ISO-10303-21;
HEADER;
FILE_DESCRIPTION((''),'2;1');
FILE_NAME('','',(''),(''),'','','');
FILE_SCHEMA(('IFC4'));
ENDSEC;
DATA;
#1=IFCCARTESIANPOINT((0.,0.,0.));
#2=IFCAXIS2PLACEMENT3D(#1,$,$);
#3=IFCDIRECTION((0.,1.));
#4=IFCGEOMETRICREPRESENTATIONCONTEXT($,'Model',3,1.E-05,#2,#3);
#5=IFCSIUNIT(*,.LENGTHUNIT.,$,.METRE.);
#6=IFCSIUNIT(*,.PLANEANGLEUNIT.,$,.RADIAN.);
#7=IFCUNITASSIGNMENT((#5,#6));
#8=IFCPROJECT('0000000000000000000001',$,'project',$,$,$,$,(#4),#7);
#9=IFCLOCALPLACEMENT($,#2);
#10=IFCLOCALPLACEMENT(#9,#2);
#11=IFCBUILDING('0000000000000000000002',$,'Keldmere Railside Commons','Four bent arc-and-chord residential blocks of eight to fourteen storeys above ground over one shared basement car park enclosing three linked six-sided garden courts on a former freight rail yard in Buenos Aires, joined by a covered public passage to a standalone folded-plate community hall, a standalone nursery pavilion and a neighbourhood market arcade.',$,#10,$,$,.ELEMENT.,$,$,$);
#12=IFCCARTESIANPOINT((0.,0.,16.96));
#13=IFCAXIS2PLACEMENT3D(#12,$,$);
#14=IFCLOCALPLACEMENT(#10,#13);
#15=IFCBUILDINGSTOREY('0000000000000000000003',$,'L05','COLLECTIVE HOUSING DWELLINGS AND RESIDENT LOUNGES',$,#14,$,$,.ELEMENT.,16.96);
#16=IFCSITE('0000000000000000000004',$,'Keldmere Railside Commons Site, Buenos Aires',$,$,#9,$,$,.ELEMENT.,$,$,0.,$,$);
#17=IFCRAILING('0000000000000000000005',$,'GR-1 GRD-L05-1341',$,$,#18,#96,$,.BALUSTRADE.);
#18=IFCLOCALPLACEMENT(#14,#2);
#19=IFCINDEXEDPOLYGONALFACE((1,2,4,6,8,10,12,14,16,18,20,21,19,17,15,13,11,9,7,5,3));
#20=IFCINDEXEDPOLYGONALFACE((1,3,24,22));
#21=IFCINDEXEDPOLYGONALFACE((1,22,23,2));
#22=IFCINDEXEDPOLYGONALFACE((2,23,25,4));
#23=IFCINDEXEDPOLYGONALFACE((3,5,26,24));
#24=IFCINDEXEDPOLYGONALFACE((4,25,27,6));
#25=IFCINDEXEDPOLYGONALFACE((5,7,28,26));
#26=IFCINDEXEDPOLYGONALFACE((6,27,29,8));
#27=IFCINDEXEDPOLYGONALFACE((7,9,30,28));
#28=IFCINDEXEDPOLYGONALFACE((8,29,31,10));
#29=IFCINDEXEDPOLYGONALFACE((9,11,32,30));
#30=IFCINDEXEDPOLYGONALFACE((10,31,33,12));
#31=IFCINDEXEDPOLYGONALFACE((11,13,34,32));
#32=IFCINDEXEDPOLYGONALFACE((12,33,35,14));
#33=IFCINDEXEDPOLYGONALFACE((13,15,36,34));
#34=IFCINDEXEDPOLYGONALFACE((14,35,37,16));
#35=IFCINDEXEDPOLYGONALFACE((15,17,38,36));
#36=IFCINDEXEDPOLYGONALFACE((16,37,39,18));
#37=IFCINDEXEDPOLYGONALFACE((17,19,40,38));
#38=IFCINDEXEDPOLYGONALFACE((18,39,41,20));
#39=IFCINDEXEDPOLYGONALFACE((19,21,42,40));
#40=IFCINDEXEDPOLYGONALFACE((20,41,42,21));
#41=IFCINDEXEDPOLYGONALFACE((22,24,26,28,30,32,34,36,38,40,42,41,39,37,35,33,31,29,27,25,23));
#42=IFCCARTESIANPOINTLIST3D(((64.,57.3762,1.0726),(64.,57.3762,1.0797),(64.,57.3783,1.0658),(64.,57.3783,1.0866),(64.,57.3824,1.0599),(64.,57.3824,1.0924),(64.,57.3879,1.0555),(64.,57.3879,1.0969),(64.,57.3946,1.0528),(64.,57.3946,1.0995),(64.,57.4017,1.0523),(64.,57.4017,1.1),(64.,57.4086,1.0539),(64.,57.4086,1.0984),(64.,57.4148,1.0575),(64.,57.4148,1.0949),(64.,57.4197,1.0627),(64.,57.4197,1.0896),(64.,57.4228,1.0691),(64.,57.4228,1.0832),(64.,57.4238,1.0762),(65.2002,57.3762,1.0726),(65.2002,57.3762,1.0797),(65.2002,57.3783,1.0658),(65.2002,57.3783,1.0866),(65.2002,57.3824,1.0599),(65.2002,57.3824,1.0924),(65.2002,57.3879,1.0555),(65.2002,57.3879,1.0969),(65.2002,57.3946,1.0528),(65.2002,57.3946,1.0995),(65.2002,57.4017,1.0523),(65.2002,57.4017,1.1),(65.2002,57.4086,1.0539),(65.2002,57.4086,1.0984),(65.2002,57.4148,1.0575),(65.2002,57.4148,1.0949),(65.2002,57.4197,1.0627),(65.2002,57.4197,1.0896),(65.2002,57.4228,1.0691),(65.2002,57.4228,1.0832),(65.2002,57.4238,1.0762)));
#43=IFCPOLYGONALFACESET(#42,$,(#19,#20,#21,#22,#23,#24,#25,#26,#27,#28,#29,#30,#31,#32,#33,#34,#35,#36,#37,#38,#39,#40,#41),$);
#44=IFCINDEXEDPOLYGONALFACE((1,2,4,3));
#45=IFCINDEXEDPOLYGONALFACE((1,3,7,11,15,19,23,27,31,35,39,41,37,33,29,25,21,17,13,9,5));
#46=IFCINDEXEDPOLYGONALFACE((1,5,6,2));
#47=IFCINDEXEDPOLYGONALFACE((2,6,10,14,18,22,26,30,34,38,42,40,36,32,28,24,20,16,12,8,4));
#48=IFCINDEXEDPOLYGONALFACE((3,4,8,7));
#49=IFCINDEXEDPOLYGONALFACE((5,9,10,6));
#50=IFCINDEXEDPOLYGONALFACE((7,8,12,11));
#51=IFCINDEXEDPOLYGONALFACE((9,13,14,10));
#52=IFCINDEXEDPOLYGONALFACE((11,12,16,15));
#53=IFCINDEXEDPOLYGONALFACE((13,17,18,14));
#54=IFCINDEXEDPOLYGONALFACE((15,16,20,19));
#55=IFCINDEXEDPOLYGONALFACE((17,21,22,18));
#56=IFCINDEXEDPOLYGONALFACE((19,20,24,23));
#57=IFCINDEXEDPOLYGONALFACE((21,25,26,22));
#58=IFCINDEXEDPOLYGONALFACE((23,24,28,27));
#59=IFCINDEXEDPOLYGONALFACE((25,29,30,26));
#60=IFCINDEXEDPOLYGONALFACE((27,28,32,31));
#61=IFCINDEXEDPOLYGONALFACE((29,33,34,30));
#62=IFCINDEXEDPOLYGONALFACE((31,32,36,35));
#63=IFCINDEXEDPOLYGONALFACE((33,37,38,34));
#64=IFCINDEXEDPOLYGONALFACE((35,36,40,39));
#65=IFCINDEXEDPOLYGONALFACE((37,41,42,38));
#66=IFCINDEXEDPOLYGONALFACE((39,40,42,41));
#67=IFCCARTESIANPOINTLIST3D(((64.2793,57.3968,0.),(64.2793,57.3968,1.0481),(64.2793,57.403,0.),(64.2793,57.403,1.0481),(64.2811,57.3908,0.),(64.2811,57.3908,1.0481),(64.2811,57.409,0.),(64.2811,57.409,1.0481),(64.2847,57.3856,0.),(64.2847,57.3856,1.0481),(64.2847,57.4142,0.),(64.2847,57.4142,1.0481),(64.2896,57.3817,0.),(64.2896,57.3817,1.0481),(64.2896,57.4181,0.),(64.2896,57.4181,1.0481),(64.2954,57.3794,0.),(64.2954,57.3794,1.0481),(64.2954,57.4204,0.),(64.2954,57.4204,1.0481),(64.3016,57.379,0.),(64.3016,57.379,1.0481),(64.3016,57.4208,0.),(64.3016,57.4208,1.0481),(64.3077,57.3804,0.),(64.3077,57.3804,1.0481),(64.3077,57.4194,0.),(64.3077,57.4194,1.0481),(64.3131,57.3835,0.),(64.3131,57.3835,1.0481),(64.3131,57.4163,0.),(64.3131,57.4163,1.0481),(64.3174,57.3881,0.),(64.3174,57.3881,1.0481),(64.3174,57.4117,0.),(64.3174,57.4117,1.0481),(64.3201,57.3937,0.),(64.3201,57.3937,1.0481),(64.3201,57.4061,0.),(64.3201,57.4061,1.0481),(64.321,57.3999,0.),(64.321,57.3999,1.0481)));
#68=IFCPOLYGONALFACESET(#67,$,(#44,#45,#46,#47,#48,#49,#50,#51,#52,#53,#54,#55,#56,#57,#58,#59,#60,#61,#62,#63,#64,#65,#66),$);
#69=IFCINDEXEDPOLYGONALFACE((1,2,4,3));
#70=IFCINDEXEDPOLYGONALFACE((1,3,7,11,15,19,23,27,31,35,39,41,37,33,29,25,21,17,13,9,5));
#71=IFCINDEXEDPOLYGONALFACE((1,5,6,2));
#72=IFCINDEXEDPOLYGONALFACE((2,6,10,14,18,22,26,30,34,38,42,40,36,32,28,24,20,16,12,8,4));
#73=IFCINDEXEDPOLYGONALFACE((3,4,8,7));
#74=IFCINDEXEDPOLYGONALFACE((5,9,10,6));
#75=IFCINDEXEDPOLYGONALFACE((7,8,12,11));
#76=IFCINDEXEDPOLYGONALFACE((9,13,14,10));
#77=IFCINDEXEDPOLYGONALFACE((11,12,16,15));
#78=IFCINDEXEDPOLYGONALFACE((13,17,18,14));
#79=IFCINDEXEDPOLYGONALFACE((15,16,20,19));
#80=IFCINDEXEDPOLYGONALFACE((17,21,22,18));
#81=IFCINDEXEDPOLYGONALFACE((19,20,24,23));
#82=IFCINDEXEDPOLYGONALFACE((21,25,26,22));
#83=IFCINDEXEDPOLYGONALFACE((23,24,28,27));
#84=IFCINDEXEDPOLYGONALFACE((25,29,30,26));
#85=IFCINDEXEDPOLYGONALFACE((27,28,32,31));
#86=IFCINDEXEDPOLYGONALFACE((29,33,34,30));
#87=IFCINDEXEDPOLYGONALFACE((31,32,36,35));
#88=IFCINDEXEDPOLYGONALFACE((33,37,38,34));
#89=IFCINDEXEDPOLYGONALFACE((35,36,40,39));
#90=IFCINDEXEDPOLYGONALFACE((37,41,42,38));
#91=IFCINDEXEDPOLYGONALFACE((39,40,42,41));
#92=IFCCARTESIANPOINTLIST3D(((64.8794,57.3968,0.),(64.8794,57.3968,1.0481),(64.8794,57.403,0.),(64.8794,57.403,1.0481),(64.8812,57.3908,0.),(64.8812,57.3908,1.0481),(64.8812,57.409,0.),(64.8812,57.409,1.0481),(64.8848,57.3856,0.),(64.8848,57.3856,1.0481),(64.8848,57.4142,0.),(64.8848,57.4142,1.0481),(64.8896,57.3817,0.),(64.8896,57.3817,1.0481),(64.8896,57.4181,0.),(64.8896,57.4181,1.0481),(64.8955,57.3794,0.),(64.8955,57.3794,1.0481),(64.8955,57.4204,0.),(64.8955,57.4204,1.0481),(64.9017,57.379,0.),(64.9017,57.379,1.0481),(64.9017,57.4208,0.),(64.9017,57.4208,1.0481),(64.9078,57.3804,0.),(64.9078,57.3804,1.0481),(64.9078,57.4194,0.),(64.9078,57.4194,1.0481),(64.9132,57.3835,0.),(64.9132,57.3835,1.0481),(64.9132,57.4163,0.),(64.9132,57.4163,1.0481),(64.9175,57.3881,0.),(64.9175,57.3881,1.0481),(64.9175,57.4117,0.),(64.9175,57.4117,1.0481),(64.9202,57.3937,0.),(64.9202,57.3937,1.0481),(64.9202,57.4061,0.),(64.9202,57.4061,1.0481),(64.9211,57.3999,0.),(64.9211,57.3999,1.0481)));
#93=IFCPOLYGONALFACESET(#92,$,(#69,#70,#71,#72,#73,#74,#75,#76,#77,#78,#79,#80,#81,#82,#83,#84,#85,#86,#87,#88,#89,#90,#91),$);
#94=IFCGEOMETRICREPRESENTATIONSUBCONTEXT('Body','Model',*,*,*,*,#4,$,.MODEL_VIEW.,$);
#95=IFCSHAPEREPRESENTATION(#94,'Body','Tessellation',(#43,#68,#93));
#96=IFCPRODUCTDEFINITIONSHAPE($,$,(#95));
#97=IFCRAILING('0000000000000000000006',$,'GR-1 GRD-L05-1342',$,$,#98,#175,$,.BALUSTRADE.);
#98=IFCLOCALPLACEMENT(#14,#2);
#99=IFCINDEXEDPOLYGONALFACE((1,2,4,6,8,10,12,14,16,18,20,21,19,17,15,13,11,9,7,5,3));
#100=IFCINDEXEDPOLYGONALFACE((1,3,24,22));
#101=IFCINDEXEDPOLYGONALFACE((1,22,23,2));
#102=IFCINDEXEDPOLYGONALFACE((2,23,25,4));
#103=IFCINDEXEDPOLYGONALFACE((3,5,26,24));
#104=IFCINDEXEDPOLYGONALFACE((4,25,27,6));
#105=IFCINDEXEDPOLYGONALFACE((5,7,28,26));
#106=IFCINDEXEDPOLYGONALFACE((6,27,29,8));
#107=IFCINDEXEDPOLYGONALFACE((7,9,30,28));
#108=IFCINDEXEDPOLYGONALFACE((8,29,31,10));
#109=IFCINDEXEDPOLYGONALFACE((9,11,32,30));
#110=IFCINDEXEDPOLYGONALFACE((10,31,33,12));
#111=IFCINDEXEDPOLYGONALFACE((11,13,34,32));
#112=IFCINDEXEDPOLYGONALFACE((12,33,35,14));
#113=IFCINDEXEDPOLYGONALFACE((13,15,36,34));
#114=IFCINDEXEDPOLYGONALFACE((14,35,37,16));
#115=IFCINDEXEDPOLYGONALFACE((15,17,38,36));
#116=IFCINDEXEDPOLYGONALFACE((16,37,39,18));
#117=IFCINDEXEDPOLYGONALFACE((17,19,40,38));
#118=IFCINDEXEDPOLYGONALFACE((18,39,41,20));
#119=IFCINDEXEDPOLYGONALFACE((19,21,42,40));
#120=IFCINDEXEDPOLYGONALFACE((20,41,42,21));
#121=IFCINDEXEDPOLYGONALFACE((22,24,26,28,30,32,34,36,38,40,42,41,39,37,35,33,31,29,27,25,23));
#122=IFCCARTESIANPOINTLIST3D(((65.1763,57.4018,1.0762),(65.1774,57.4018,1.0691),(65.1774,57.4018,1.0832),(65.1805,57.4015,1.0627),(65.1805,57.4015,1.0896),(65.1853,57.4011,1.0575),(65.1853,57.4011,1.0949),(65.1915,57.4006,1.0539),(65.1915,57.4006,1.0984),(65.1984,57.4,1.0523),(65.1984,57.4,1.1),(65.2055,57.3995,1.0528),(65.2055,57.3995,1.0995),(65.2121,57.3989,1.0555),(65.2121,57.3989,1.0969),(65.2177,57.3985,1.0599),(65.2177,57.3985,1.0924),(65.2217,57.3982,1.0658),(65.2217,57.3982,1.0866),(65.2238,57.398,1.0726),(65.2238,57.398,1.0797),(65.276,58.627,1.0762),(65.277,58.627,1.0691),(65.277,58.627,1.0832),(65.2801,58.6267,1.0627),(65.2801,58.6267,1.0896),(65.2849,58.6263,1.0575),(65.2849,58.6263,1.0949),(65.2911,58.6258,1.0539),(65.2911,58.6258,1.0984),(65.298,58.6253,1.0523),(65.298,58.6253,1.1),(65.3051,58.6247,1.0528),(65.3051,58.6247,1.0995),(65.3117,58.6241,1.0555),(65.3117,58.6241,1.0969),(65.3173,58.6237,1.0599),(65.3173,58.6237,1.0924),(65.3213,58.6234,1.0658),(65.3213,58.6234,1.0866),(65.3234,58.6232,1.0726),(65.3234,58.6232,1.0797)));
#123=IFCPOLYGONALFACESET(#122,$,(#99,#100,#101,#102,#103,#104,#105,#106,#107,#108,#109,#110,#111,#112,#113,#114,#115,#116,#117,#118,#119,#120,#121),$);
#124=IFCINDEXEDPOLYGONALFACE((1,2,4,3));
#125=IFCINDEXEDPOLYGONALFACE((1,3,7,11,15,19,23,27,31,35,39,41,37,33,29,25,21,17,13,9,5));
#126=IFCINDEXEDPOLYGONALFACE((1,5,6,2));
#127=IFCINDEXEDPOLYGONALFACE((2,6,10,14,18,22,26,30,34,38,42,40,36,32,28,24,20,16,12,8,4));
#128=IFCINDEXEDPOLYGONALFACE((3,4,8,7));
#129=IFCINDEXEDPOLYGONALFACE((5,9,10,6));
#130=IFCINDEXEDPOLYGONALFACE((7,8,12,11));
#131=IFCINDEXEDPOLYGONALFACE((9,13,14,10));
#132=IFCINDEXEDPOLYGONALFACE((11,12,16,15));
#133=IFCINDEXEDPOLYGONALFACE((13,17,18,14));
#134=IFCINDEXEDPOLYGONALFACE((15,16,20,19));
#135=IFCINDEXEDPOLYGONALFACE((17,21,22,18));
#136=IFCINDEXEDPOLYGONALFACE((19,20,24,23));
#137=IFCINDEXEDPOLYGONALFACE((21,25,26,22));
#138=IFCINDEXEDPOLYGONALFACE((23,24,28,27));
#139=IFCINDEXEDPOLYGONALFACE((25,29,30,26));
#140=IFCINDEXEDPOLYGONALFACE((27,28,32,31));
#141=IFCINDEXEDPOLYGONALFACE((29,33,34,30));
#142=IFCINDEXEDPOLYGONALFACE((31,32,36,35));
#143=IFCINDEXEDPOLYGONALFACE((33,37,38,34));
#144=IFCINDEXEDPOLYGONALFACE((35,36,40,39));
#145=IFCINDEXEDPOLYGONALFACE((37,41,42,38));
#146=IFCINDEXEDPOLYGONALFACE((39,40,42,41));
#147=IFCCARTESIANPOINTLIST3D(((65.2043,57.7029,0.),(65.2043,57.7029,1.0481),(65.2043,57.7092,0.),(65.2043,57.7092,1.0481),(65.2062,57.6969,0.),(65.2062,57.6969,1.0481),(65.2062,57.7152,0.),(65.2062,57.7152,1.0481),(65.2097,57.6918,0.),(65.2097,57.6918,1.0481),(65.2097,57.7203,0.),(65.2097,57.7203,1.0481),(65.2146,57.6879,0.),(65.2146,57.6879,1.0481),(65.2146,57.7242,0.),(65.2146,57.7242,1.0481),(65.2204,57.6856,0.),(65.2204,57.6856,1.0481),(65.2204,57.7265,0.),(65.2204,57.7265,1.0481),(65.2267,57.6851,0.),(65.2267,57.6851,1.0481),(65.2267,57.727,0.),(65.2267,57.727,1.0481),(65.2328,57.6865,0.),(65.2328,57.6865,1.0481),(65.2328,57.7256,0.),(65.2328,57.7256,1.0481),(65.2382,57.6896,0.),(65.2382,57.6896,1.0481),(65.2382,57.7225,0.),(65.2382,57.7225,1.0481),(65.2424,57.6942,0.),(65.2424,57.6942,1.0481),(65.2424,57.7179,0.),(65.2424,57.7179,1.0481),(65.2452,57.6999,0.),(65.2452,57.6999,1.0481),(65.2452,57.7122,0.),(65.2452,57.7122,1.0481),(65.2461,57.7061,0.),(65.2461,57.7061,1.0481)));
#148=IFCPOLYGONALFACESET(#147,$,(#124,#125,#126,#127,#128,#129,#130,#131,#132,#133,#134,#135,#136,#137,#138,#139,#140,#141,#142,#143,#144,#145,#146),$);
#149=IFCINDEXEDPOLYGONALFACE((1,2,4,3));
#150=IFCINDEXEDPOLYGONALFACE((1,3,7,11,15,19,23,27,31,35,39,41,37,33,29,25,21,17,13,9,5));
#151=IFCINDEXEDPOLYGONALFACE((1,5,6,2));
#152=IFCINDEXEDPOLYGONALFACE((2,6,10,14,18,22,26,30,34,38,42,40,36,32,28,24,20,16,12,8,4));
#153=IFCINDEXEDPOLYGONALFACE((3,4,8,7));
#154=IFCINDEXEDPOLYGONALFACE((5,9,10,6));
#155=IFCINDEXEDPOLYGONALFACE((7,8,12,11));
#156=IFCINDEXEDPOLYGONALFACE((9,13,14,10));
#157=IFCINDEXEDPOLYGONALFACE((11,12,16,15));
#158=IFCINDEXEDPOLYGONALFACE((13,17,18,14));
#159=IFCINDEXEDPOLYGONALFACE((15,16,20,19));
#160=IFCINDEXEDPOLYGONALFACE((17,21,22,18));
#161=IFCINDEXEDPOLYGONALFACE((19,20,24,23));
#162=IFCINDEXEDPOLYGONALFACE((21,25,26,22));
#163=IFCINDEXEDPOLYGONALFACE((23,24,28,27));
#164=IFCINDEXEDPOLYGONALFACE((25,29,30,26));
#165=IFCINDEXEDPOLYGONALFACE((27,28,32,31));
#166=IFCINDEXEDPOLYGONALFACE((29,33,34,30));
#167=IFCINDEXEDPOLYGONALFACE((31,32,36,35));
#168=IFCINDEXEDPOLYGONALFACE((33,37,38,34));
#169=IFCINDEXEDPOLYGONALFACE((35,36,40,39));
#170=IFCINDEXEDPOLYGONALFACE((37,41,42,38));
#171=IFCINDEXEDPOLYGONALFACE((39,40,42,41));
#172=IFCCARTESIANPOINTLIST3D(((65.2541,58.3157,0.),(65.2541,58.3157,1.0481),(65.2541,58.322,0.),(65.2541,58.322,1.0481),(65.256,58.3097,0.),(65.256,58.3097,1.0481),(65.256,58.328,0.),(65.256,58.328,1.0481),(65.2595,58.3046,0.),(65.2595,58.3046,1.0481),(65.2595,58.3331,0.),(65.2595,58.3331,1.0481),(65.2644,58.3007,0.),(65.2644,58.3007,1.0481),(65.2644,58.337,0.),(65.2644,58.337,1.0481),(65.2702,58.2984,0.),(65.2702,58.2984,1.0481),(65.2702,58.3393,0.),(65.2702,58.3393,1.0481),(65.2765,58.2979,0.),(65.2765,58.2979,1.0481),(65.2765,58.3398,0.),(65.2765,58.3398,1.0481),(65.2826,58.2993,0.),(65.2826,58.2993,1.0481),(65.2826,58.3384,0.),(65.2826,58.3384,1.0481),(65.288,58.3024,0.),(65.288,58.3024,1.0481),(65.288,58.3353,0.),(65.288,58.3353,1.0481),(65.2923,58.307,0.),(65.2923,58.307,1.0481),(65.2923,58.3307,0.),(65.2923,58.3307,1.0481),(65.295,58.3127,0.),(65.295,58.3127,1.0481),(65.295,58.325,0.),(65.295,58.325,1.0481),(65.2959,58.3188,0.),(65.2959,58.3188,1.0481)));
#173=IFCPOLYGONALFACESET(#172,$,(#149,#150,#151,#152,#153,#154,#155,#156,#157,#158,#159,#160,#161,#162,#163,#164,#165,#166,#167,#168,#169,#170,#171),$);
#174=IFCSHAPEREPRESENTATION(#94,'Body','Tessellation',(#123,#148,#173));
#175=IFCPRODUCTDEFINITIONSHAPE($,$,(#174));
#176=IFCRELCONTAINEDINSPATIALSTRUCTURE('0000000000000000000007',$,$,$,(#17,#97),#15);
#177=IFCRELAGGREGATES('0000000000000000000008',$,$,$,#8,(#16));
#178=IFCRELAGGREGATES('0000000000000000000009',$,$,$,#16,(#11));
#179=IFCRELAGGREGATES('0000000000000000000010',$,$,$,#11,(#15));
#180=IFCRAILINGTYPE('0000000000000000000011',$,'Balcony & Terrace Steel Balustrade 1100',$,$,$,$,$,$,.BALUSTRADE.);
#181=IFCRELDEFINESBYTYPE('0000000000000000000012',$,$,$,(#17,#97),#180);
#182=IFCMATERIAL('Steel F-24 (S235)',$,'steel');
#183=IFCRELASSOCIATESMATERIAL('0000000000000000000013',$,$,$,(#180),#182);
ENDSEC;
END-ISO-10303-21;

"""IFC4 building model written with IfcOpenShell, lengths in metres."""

from ifc_helpers import new_model, si_unit, direction, frame, origin, origin_2d, place, context, subcontext, project, spatial, circle, extrude, material, type_object, element, save


model = new_model("IFC4")

# Units and contexts
model_context = context("Model", 3, precision=1e-05, world=origin(), true_north=direction((0.0, 1.0)))
body_context = subcontext(model_context, "Body", "Model", "MODEL_VIEW")
ifc_project = project(units=[si_unit("LENGTHUNIT", "METRE"), si_unit("PLANEANGLEUNIT", "RADIAN")], contexts=[model_context])

# Site, building, storey
site_placement = place(None, origin())
site = spatial("IfcSite", under=ifc_project, at=site_placement, Name="Keldmere Railside Commons Site, Buenos Aires", CompositionType="ELEMENT", RefElevation=0.0)
building_placement = place(site_placement, origin())
building = spatial("IfcBuilding", under=site, at=building_placement, Name="Keldmere Railside Commons", Description="Four bent arc-and-chord residential blocks of eight to fourteen storeys above ground over one shared basement car park enclosing three linked six-sided garden courts on a former freight rail yard in Buenos Aires, joined by a covered public passage to a standalone folded-plate community hall, a standalone nursery pavilion and a neighbourhood market arcade.", CompositionType="ELEMENT")
storey_placement = place(building_placement, frame((0.0, 0.0, 16.96)))
storey = spatial("IfcBuildingStorey", under=building, at=storey_placement, Name="L05", Description="COLLECTIVE HOUSING DWELLINGS AND RESIDENT LOUNGES", CompositionType="ELEMENT", Elevation=16.96)

# Railings
ifc_material_1 = material(Name="Steel F-24 (S235)", Category="steel")
railing_type = type_object("IfcRailingType", Name="Balcony & Terrace Steel Balustrade 1100", PredefinedType="BALUSTRADE", material=ifc_material_1)
railing_1_placement = place(storey_placement, frame((64.0, 57.3999, 0.0)))
element("IfcRailing", 1, at=railing_1_placement, inside=storey, type_object=railing_type, Name="GR-1 GRD-L05-1341", PredefinedType="BALUSTRADE", context=body_context, shape_type="SweptSolid", body=[
    extrude(circle(Radius=0.0239, at=origin_2d()), frame((0.0, 0.0, 1.0762), z_axis=(1.0, 0.0, 0.0), x_axis=(0.0, 1.0, 0.0)), (0.0, 0.0, 1.0), 1.2002),
    extrude(circle(Radius=0.021, at=origin_2d()), frame((0.3, 0.0, 0.0)), (0.0, 0.0, 1.0), 1.0481),
    extrude(circle(Radius=0.021, at=origin_2d()), frame((0.9001, 0.0, 0.0)), (0.0, 0.0, 1.0), 1.0481),
])
railing_2_placement = place(storey_placement, frame((65.2002, 57.3999, 0.0)))
element("IfcRailing", 2, at=railing_2_placement, inside=storey, type_object=railing_type, Name="GR-1 GRD-L05-1342", PredefinedType="BALUSTRADE", context=body_context, shape_type="SweptSolid", body=[
    extrude(circle(Radius=0.0239, at=origin_2d()), frame((0.0, 0.0, 1.0762), z_axis=(0.08104, 0.996711, 0.0), x_axis=(-0.996711, 0.08104, 0.0)), (0.0, 0.0, 1.0), 1.2292),
    extrude(circle(Radius=0.021, at=origin_2d()), frame((0.0249, 0.3062, 0.0)), (0.0, 0.0, 1.0), 1.0481),
    extrude(circle(Radius=0.021, at=origin_2d()), frame((0.0747, 0.9189, 0.0)), (0.0, 0.0, 1.0), 1.0481),
])

save(model, "model.ifc")
